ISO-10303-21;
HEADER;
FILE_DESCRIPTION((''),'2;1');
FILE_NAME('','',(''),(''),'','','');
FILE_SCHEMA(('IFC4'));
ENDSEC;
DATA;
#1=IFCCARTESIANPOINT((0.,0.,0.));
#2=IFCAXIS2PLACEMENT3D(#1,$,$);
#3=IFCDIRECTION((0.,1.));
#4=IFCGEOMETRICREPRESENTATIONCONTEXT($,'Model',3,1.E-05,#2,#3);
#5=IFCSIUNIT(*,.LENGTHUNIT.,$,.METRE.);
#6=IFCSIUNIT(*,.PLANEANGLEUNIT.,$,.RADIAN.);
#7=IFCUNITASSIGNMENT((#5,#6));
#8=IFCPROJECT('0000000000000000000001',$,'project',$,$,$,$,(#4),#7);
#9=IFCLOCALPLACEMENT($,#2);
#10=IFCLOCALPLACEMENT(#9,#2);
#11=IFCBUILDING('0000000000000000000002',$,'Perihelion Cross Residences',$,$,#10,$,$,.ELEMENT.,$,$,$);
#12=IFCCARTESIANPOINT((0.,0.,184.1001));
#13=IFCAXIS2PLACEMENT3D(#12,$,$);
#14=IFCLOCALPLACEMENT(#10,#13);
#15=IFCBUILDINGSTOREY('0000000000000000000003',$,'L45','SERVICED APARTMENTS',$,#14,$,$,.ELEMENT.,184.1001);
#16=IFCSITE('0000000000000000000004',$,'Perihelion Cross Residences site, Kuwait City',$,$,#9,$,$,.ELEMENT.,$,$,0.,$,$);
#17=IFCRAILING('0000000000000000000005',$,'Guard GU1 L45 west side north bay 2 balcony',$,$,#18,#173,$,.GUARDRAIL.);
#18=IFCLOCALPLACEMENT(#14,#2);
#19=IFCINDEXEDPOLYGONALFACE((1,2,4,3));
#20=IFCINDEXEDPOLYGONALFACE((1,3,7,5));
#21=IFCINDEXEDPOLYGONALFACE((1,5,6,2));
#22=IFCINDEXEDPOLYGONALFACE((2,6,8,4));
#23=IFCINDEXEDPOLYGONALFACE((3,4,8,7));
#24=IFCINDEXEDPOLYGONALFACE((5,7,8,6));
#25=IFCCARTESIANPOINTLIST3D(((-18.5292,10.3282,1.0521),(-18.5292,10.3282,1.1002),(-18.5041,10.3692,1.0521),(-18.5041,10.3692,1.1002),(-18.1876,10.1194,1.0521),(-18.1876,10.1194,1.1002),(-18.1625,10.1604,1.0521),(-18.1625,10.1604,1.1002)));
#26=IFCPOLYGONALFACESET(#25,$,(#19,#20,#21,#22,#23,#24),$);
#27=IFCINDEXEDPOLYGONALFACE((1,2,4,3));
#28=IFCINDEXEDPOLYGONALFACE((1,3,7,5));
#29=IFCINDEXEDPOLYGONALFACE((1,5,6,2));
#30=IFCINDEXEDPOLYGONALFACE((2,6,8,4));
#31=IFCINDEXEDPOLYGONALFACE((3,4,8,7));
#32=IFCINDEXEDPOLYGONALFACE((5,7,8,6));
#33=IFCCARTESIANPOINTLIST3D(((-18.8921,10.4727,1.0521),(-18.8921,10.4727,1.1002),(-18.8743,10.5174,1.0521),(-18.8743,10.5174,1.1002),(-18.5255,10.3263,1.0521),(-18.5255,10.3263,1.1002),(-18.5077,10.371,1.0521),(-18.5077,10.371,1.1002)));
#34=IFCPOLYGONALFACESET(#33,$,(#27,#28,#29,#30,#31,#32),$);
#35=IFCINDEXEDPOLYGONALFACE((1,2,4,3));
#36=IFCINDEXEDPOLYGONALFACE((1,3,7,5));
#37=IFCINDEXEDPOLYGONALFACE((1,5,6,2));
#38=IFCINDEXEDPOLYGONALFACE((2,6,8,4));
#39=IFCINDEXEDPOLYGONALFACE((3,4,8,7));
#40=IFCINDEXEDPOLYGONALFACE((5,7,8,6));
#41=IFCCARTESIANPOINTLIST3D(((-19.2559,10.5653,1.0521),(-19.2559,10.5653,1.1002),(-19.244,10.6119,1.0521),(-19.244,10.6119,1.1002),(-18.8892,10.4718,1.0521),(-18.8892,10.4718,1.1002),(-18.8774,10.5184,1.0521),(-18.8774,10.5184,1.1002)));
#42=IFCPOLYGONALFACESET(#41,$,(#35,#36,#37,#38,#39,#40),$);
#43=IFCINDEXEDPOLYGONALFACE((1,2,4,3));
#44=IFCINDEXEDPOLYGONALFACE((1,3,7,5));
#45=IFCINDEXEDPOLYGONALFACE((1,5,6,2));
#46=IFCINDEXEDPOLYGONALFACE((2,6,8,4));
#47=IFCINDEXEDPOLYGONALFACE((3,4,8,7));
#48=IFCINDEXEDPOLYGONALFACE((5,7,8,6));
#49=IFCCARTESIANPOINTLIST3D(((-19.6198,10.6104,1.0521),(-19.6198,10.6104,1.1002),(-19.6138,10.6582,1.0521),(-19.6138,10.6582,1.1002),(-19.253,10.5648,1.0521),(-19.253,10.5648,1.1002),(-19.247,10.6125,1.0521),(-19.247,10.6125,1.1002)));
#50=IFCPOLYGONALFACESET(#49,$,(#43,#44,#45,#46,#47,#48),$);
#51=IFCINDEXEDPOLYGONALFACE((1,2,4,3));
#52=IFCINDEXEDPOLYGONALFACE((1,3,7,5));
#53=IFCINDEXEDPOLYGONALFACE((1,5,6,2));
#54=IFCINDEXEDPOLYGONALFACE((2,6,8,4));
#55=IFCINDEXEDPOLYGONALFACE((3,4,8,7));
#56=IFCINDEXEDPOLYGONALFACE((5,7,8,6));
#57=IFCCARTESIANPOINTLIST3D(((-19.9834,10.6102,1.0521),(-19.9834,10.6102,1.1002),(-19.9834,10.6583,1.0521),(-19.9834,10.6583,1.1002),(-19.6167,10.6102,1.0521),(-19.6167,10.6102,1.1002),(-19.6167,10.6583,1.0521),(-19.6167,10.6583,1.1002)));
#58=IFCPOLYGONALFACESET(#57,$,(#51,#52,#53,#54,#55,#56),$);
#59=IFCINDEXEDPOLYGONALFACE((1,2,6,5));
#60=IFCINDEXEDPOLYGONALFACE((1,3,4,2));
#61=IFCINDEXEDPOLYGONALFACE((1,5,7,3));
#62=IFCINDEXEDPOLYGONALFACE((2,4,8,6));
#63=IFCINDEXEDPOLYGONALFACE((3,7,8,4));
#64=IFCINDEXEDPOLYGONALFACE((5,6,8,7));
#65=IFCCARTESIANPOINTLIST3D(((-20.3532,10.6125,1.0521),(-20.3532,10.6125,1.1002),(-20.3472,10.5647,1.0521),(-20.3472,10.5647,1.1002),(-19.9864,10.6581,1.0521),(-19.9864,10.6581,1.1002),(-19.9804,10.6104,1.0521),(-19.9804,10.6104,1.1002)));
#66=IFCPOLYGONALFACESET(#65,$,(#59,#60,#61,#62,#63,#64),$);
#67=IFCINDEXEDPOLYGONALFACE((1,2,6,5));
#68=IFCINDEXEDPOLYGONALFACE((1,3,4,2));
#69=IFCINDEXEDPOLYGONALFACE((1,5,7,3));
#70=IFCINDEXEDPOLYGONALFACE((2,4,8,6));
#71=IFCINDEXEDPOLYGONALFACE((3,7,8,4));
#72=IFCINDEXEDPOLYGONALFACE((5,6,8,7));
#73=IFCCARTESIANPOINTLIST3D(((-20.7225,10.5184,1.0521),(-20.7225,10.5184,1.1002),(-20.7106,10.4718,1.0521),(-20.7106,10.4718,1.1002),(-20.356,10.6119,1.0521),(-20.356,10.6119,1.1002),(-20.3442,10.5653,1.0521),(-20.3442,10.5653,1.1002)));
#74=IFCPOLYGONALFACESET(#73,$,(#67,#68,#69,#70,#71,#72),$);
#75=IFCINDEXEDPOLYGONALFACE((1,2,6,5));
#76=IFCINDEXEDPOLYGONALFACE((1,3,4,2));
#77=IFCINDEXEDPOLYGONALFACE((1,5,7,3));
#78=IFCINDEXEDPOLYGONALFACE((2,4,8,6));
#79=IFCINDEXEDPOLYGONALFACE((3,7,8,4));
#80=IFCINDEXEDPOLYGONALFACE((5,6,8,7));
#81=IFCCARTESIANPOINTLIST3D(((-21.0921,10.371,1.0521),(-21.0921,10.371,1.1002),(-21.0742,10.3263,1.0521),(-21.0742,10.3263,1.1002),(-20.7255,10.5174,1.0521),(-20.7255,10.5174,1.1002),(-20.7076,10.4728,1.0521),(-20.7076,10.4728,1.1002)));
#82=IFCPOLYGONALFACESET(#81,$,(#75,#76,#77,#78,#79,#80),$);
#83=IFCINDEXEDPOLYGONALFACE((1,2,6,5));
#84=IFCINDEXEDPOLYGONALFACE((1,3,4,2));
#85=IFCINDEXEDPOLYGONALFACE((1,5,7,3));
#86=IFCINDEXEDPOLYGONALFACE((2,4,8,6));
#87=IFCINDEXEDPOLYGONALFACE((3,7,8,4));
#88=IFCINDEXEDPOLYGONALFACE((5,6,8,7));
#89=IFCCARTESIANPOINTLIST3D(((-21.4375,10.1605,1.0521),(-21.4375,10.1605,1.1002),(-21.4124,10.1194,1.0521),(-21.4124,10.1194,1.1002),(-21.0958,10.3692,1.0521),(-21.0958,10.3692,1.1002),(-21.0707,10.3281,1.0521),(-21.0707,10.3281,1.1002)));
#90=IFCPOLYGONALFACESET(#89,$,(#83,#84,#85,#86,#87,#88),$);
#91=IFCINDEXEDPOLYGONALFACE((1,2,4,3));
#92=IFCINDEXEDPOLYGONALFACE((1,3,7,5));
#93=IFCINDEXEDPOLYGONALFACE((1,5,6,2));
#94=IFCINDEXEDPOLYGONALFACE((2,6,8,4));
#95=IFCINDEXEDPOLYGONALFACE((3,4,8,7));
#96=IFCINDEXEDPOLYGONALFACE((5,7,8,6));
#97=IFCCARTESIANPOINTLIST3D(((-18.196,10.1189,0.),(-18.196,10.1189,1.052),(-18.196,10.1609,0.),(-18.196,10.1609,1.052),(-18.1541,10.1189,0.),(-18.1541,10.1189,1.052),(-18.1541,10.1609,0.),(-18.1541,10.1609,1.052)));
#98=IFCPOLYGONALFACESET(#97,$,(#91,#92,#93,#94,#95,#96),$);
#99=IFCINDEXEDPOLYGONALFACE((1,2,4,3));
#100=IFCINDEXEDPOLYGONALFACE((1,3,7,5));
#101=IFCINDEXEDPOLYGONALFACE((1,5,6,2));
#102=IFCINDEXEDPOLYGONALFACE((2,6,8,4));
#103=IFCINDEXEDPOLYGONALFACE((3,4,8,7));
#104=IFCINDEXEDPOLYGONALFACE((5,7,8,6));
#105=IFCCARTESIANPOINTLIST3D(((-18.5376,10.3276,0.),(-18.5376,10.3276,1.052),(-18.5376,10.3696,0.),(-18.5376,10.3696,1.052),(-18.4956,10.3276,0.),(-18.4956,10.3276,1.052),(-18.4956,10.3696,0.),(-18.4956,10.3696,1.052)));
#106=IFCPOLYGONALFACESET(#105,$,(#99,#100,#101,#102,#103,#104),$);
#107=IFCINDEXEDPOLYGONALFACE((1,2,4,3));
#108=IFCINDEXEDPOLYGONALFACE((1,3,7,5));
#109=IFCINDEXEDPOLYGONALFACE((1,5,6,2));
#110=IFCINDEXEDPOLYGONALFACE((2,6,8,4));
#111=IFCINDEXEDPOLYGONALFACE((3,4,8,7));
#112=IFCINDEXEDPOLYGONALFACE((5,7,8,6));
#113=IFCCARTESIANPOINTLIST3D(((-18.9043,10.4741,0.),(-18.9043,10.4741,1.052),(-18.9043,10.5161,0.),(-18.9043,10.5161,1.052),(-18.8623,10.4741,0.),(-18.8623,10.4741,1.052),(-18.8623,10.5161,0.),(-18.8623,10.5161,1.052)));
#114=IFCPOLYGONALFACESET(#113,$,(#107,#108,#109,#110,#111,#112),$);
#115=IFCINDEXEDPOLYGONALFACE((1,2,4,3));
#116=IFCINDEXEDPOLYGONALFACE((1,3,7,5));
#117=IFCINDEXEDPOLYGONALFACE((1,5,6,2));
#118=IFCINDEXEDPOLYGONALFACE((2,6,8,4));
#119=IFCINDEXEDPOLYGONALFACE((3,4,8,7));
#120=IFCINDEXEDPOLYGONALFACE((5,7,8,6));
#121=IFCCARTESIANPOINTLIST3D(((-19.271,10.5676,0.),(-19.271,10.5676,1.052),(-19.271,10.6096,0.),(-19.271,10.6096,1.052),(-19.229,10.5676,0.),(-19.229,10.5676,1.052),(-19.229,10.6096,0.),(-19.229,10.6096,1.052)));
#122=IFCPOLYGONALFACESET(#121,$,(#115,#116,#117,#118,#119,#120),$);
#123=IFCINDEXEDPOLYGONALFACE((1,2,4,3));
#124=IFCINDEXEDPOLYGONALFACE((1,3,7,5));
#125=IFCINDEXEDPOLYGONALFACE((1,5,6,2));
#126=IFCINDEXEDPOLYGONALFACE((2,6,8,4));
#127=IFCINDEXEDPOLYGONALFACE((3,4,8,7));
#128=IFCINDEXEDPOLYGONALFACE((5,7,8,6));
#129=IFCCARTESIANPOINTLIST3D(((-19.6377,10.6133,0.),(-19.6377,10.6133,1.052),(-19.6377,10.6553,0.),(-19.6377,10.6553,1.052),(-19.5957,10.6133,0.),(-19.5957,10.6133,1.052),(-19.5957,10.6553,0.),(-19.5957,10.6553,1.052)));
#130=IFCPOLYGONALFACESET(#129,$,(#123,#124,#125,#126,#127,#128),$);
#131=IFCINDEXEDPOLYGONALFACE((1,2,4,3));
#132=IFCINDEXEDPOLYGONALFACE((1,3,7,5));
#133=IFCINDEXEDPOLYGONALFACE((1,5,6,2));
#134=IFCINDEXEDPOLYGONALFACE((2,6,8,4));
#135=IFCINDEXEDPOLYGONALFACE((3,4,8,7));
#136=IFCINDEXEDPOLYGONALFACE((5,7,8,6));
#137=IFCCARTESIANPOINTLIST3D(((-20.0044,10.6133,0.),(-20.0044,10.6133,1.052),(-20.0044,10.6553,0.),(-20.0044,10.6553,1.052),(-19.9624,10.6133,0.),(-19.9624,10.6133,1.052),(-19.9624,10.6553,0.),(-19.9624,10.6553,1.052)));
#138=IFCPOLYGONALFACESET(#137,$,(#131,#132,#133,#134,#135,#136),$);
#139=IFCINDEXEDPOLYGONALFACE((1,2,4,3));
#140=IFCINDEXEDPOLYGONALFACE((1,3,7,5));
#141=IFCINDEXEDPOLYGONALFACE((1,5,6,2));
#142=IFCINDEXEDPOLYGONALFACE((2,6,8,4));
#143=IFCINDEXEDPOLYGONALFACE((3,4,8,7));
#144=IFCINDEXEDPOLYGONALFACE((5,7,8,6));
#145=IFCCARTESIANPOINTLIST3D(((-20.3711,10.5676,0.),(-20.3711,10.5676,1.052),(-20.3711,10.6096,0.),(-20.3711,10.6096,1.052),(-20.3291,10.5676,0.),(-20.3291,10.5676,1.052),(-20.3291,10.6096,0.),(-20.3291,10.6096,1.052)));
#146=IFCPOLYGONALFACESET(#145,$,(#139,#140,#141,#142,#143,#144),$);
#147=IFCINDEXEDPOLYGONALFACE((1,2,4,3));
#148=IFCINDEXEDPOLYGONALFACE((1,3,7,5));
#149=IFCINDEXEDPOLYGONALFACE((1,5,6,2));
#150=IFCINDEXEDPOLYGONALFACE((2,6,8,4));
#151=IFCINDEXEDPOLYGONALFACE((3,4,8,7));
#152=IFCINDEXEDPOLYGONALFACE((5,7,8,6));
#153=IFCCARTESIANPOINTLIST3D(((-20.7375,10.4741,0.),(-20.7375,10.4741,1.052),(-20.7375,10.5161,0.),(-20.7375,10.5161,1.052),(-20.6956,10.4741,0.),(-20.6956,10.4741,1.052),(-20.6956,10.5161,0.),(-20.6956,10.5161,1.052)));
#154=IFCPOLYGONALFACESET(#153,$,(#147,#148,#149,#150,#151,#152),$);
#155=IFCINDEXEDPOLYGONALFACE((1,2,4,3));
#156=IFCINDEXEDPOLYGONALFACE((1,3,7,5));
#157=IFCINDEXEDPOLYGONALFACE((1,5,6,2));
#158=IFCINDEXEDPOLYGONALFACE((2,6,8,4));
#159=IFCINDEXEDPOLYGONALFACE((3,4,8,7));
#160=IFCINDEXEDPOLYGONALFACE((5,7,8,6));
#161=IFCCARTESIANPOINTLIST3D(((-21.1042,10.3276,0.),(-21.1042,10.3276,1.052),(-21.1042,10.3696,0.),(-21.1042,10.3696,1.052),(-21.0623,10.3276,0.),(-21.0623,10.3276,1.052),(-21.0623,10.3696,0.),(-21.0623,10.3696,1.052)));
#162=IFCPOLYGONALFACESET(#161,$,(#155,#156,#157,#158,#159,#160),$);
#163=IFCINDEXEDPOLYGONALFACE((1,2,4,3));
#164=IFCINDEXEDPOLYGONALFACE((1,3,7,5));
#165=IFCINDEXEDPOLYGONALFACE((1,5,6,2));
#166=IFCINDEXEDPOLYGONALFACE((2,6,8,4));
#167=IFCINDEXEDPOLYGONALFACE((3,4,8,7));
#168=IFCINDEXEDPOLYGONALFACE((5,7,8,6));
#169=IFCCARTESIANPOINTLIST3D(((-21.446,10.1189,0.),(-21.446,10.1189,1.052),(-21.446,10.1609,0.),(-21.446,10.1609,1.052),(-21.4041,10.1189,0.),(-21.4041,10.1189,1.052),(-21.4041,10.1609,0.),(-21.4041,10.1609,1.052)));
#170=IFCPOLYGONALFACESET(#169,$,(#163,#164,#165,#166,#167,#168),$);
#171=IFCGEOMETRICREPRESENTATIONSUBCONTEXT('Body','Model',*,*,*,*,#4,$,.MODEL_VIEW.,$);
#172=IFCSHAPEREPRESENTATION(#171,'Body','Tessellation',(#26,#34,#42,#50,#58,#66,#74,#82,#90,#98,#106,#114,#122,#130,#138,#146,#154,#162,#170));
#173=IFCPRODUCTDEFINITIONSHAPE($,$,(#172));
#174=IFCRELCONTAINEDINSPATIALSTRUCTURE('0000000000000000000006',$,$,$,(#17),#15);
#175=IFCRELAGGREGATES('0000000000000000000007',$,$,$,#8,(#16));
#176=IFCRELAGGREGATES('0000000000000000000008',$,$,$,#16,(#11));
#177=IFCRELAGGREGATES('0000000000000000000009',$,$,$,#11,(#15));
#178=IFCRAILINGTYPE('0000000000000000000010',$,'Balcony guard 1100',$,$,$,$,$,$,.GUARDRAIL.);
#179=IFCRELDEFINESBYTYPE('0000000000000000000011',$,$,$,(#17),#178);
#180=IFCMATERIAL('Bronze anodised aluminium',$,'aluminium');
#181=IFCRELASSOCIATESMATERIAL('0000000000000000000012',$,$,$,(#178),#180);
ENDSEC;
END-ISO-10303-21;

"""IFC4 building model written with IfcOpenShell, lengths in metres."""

from ifc_helpers import new_model, si_unit, direction, frame, origin, origin_2d, place, context, subcontext, project, spatial, rectangle, extrude, material, type_object, element, save


model = new_model("IFC4")

# Units and contexts
model_context = context("Model", 3, precision=1e-05, world=origin(), true_north=direction((0.0, 1.0)))
body_context = subcontext(model_context, "Body", "Model", "MODEL_VIEW")
ifc_project = project(units=[si_unit("LENGTHUNIT", "METRE"), si_unit("PLANEANGLEUNIT", "RADIAN")], contexts=[model_context])

# Site, building, storey
site_placement = place(None, origin())
site = spatial("IfcSite", under=ifc_project, at=site_placement, Name="Perihelion Cross Residences site, Kuwait City", CompositionType="ELEMENT", RefElevation=0.0)
building_placement = place(site_placement, origin())
building = spatial("IfcBuilding", under=site, at=building_placement, Name="Perihelion Cross Residences", CompositionType="ELEMENT")
storey_placement = place(building_placement, frame((0.0, 0.0, 184.1001)))
storey = spatial("IfcBuildingStorey", under=building, at=storey_placement, Name="L45", Description="SERVICED APARTMENTS", CompositionType="ELEMENT", Elevation=184.1001)

# Railing
ifc_material_1 = material(Name="Bronze anodised aluminium", Category="aluminium")
railing_type = type_object("IfcRailingType", Name="Balcony guard 1100", PredefinedType="GUARDRAIL", material=ifc_material_1)
railing_1_placement = place(storey_placement, frame((-18.175, 10.1399, 0.0)))
element("IfcRailing", 1, at=railing_1_placement, inside=storey, type_object=railing_type, Name="Guard GU1 L45 west side north bay 2 balcony", PredefinedType="GUARDRAIL", context=body_context, shape_type="SweptSolid", body=[
    extrude(rectangle(XDim=0.0481, YDim=0.0481, at=origin_2d()), frame((0.0, 0.0, 1.0762), z_axis=(-0.853267, 0.521475, 0.0), x_axis=(-0.521475, -0.853267, 0.0)), (0.0, 0.0, 1.0), 0.4004),
    extrude(rectangle(XDim=0.0481, YDim=0.0481, at=origin_2d()), frame((-0.3416, 0.2087, 1.0762), z_axis=(-0.928647, 0.370964, 0.0), x_axis=(-0.370964, -0.928647, 0.0)), (0.0, 0.0, 1.0), 0.3948),
    extrude(rectangle(XDim=0.0481, YDim=0.0481, at=origin_2d()), frame((-0.7083, 0.3552, 1.0762), z_axis=(-0.968993, 0.247087, 0.0), x_axis=(-0.247087, -0.968993, 0.0)), (0.0, 0.0, 1.0), 0.3784),
    extrude(rectangle(XDim=0.0481, YDim=0.0481, at=origin_2d()), frame((-1.075, 0.4487, 1.0762), z_axis=(-0.992339, 0.123547, 0.0), x_axis=(-0.123547, -0.992339, 0.0)), (0.0, 0.0, 1.0), 0.3696),
    extrude(rectangle(XDim=0.0481, YDim=0.0481, at=origin_2d()), frame((-1.4417, 0.4944, 1.0762), z_axis=(-1.0, 0.0, 0.0), x_axis=(0.0, -1.0, 0.0)), (0.0, 0.0, 1.0), 0.3667),
    extrude(rectangle(XDim=0.0481, YDim=0.0481, at=origin_2d()), frame((-1.8083, 0.4944, 1.0762), z_axis=(-0.992339, -0.123547, 0.0), x_axis=(0.123547, -0.992339, 0.0)), (0.0, 0.0, 1.0), 0.3696),
    extrude(rectangle(XDim=0.0481, YDim=0.0481, at=origin_2d()), frame((-2.175, 0.4487, 1.0762), z_axis=(-0.968954, -0.247241, 0.0), x_axis=(0.247241, -0.968954, 0.0)), (0.0, 0.0, 1.0), 0.3782),
    extrude(rectangle(XDim=0.0481, YDim=0.0481, at=origin_2d()), frame((-2.5415, 0.3552, 1.0762), z_axis=(-0.928647, -0.370964, 0.0), x_axis=(0.370964, -0.928647, 0.0)), (0.0, 0.0, 1.0), 0.3948),
    extrude(rectangle(XDim=0.0481, YDim=0.0481, at=origin_2d()), frame((-2.9082, 0.2087, 1.0762), z_axis=(-0.853432, -0.521203, 0.0), x_axis=(0.521203, -0.853432, 0.0)), (0.0, 0.0, 1.0), 0.4004),
    extrude(rectangle(XDim=0.042, YDim=0.042, at=origin_2d()), origin(), (0.0, 0.0, 1.0), 1.052),
    extrude(rectangle(XDim=0.042, YDim=0.042, at=origin_2d()), frame((-0.3416, 0.2087, 0.0)), (0.0, 0.0, 1.0), 1.052),
    extrude(rectangle(XDim=0.042, YDim=0.042, at=origin_2d()), frame((-0.7083, 0.3552, 0.0)), (0.0, 0.0, 1.0), 1.052),
    extrude(rectangle(XDim=0.042, YDim=0.042, at=origin_2d()), frame((-1.075, 0.4487, 0.0)), (0.0, 0.0, 1.0), 1.052),
    extrude(rectangle(XDim=0.042, YDim=0.042, at=origin_2d()), frame((-1.4417, 0.4944, 0.0)), (0.0, 0.0, 1.0), 1.052),
    extrude(rectangle(XDim=0.042, YDim=0.042, at=origin_2d()), frame((-1.8083, 0.4944, 0.0)), (0.0, 0.0, 1.0), 1.052),
    extrude(rectangle(XDim=0.042, YDim=0.042, at=origin_2d()), frame((-2.175, 0.4487, 0.0)), (0.0, 0.0, 1.0), 1.052),
    extrude(rectangle(XDim=0.042, YDim=0.042, at=origin_2d()), frame((-2.5415, 0.3552, 0.0)), (0.0, 0.0, 1.0), 1.052),
    extrude(rectangle(XDim=0.042, YDim=0.042, at=origin_2d()), frame((-2.9082, 0.2087, 0.0)), (0.0, 0.0, 1.0), 1.052),
    extrude(rectangle(XDim=0.042, YDim=0.042, at=origin_2d()), frame((-3.25, 0.0, 0.0)), (0.0, 0.0, 1.0), 1.052),
])

save(model, "model.ifc")
